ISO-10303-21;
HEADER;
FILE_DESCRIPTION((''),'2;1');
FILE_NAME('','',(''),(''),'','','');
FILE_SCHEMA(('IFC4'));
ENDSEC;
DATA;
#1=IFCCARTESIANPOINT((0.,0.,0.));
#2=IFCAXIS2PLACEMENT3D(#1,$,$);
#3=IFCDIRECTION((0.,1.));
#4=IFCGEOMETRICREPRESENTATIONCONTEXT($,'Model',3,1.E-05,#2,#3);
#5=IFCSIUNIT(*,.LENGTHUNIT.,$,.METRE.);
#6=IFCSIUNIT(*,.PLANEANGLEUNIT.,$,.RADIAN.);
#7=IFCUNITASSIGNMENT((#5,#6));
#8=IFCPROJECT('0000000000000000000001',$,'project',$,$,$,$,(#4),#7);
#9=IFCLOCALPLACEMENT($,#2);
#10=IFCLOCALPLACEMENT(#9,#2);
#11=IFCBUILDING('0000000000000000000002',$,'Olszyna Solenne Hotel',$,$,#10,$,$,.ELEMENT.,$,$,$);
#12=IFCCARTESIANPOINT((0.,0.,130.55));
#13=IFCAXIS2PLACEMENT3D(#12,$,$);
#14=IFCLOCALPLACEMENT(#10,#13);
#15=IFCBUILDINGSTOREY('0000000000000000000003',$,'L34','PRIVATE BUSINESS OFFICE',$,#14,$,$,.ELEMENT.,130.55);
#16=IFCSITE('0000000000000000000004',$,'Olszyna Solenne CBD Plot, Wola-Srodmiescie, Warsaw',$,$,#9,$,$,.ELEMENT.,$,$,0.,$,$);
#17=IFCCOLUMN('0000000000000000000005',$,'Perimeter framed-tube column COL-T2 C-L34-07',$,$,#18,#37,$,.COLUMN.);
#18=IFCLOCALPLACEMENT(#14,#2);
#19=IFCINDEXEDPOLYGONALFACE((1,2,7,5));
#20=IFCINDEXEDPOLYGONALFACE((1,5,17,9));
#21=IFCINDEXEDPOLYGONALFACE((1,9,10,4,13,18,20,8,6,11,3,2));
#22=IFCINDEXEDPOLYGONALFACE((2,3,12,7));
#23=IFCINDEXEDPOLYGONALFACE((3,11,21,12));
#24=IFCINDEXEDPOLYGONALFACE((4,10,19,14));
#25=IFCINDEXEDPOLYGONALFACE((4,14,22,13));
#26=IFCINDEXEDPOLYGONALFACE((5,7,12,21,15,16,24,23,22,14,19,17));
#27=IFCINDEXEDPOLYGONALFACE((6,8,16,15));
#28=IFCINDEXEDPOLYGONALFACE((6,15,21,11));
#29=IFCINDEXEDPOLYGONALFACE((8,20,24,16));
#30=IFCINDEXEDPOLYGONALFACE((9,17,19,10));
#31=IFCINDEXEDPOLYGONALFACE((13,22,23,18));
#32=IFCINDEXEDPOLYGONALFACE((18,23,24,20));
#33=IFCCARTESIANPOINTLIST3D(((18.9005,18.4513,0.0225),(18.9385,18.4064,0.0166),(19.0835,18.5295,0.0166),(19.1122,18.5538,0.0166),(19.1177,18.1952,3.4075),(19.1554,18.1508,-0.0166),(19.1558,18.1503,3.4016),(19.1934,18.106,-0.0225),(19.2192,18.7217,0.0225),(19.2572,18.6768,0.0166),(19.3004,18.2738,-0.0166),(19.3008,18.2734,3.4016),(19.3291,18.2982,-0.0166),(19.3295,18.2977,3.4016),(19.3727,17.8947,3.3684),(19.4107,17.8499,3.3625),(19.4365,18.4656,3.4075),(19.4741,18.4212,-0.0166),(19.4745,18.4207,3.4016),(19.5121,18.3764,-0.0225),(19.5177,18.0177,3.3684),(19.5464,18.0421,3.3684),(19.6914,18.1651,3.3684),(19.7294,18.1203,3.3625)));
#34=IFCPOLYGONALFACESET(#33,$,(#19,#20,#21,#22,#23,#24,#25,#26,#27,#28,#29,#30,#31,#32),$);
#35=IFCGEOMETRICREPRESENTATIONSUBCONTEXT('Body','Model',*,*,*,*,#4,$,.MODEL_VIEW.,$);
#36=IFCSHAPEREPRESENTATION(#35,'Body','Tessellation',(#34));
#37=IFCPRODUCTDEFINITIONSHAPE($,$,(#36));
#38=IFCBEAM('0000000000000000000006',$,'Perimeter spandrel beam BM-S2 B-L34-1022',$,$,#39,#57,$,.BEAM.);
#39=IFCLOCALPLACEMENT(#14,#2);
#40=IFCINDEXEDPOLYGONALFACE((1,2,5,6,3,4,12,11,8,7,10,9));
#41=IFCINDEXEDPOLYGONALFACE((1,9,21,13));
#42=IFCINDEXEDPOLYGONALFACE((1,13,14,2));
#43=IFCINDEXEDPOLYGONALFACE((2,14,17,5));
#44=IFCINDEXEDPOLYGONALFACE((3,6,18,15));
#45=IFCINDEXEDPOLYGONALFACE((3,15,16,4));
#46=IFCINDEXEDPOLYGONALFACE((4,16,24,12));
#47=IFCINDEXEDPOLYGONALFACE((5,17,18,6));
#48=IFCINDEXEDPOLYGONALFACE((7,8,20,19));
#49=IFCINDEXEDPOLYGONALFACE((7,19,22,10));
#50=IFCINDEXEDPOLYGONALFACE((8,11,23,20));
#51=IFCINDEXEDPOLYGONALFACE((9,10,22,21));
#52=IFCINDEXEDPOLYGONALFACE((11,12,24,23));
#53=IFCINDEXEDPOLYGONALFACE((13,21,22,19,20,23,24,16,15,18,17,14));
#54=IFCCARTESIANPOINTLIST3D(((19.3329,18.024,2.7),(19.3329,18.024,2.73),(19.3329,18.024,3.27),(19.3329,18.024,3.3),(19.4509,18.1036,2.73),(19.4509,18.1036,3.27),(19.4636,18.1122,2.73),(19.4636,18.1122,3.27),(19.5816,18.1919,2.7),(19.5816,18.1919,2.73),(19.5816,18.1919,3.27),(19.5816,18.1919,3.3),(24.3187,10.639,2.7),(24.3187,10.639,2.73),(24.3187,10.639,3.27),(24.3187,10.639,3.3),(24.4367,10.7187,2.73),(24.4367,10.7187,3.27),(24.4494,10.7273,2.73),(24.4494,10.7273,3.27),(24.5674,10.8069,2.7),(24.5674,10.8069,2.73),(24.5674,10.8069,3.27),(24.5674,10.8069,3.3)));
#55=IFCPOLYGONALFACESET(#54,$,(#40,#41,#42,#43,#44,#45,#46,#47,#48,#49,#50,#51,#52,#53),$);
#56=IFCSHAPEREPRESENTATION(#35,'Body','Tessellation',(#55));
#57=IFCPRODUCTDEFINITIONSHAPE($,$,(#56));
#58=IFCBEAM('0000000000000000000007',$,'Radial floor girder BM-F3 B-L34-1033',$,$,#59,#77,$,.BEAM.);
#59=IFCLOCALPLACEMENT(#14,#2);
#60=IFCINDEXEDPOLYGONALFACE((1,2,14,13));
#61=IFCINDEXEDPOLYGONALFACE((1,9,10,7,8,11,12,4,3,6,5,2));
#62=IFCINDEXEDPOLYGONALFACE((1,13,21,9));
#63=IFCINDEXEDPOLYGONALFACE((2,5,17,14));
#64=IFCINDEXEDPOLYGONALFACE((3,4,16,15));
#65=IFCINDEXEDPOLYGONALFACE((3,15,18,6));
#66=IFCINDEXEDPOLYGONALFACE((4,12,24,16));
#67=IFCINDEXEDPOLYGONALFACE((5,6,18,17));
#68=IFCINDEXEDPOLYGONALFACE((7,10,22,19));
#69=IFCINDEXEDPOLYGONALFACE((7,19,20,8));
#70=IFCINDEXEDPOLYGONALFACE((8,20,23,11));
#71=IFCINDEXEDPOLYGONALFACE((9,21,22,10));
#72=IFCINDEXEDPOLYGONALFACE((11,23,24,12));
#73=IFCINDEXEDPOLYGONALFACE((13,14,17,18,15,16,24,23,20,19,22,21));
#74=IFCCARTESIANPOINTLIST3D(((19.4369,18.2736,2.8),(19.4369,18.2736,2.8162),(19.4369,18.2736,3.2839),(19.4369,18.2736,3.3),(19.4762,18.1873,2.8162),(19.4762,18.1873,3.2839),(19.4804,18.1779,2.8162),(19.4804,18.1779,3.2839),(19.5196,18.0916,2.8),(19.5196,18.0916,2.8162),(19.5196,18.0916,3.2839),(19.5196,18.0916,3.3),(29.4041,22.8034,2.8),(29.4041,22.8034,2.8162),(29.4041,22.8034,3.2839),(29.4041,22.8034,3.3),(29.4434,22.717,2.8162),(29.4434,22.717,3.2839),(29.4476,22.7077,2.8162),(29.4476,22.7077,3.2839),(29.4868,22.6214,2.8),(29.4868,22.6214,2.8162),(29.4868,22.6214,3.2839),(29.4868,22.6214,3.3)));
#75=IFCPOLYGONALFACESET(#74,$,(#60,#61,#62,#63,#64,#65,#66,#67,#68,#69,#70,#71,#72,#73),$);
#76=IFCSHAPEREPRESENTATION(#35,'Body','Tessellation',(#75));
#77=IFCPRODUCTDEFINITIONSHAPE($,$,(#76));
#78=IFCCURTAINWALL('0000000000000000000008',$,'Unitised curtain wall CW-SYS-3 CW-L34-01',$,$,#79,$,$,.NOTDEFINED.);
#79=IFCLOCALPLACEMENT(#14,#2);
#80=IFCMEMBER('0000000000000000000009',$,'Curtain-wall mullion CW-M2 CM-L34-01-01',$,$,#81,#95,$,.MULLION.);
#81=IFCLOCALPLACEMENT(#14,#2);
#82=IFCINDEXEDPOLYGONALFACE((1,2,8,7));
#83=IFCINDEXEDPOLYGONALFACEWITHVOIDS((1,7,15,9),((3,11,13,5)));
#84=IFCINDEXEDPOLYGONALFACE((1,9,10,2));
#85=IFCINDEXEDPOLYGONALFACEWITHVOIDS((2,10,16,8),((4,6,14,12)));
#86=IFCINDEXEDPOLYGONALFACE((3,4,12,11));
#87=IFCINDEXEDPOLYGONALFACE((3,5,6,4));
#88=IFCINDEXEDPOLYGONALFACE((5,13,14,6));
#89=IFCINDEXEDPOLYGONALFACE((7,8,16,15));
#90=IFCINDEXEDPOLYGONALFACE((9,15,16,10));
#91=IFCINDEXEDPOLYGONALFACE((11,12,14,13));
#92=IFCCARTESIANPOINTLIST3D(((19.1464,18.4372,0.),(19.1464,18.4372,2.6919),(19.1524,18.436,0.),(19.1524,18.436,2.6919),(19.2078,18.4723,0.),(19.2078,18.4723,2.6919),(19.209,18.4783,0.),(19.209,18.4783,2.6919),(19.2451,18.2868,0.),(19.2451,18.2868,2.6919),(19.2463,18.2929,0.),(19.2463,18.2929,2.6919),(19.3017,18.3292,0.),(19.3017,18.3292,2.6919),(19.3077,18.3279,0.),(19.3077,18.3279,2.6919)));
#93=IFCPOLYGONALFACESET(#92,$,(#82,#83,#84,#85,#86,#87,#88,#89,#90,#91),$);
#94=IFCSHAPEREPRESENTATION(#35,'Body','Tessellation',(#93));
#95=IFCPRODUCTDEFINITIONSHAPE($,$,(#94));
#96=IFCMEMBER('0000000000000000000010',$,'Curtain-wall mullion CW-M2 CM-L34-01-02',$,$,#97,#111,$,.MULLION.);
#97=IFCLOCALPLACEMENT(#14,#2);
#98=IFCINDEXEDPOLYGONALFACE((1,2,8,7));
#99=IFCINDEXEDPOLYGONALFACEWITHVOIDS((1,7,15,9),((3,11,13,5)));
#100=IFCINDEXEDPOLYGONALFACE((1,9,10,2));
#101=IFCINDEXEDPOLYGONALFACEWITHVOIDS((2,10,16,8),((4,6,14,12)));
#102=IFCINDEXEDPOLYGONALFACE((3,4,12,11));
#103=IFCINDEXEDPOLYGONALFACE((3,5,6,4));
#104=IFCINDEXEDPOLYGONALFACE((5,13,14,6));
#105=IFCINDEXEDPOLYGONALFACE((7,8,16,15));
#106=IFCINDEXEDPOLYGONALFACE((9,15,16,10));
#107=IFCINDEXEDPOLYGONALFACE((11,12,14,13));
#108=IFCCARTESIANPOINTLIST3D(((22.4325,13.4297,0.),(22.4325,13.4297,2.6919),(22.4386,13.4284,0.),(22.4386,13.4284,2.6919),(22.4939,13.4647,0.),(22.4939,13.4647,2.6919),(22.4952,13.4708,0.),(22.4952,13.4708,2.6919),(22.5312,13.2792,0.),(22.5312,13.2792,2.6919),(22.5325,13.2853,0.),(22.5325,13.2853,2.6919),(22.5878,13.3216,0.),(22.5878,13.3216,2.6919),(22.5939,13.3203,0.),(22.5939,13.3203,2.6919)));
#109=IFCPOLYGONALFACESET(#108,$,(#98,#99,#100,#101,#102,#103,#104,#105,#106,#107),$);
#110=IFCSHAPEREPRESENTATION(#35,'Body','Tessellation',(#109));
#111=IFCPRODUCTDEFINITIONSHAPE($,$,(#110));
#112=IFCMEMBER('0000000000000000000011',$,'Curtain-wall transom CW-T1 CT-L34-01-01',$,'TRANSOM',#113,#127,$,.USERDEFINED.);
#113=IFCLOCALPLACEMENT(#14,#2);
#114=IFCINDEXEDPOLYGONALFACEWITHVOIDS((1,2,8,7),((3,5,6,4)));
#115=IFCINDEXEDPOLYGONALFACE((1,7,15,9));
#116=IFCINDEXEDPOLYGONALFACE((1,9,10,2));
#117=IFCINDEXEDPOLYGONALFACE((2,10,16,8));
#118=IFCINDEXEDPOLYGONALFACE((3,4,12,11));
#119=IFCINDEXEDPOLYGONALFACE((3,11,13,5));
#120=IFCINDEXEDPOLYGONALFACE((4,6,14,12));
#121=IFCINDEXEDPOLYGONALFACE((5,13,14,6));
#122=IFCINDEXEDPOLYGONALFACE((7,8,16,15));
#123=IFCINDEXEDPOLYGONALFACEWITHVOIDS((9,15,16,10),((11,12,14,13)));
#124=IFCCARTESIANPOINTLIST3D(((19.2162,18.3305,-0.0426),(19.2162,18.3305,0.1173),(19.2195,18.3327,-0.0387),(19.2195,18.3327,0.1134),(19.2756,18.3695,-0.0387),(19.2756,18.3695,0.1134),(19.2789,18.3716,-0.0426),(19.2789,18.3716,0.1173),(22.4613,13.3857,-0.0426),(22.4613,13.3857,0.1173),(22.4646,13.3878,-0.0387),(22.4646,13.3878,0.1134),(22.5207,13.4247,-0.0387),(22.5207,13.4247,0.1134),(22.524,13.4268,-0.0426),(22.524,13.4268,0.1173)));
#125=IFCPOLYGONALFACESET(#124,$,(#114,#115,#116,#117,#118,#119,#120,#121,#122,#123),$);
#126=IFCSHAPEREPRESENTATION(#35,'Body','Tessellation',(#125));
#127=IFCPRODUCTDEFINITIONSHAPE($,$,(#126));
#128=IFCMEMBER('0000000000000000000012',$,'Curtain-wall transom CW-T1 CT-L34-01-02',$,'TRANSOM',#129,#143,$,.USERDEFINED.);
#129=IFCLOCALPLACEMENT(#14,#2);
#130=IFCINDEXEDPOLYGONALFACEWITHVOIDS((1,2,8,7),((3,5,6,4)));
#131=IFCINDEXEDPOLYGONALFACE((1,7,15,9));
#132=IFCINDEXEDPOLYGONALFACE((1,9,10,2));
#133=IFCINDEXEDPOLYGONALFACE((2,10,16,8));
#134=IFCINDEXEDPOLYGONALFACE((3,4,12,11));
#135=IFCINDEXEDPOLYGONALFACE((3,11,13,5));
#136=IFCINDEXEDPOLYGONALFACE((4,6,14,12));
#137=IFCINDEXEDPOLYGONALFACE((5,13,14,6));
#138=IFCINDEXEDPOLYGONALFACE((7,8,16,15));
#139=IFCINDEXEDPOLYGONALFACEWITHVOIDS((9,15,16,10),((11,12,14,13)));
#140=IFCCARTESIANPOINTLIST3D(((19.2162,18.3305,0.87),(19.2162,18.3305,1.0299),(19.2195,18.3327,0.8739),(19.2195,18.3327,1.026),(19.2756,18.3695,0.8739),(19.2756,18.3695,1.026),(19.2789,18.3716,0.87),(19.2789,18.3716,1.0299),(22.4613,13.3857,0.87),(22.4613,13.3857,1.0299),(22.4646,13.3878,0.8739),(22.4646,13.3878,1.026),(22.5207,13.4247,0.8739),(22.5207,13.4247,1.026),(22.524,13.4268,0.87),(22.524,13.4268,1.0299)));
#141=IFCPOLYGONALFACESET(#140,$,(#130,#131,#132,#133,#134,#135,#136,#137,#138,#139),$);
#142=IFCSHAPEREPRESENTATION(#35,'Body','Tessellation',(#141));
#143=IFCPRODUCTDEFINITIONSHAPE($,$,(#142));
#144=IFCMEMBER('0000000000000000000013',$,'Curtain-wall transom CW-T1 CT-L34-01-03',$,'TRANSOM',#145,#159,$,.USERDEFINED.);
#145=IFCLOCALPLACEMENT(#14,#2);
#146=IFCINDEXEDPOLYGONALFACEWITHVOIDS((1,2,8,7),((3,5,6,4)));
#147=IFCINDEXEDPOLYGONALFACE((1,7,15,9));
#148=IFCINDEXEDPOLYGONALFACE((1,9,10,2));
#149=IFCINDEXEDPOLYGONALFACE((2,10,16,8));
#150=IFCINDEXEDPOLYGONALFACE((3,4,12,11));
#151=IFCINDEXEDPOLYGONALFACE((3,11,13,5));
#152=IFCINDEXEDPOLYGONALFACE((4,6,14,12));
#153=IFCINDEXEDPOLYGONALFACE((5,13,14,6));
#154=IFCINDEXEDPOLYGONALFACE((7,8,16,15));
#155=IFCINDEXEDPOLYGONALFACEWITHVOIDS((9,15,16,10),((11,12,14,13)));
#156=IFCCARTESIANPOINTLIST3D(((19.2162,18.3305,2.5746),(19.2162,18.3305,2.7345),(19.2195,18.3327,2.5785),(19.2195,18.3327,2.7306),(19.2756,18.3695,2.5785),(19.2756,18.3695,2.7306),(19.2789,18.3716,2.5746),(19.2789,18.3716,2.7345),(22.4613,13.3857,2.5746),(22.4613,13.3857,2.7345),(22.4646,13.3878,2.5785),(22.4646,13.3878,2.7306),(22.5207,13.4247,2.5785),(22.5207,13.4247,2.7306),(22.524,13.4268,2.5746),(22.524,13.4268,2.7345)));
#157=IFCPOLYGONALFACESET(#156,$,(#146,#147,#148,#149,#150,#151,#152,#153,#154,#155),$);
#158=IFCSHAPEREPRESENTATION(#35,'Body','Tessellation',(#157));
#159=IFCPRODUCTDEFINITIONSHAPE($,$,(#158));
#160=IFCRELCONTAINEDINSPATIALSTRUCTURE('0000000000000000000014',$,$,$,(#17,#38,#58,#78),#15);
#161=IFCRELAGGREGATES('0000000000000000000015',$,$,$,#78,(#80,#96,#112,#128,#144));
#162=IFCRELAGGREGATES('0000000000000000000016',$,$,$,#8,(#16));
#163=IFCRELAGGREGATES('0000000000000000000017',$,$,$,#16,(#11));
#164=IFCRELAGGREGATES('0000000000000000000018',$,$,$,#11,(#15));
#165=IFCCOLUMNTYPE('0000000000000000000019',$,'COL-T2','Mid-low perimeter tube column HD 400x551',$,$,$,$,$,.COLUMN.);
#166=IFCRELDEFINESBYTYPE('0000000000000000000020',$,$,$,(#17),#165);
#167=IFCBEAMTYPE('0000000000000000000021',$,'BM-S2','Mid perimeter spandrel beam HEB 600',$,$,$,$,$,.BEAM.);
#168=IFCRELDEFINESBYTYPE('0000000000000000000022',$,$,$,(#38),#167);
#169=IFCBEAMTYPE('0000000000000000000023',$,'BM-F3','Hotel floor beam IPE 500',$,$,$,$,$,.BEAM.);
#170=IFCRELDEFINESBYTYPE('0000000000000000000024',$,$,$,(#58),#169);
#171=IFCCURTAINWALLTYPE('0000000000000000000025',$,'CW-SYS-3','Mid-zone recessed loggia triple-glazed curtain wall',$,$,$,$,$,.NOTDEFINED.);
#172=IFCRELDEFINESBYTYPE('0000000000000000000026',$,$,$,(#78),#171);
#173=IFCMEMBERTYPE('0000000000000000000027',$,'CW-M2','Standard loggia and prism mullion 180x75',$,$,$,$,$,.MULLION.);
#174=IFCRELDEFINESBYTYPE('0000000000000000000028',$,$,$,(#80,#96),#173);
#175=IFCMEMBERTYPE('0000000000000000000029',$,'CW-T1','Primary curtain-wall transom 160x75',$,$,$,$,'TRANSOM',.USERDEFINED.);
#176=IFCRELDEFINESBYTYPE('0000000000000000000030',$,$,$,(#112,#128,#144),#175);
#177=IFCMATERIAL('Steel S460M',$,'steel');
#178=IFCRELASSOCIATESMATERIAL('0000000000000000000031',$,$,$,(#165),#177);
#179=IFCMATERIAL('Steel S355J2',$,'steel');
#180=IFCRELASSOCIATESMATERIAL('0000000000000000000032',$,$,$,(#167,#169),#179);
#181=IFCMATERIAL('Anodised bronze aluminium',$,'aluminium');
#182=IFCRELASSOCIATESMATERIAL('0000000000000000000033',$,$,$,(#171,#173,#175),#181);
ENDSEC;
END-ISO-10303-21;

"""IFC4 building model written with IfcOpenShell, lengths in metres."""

from ifc_helpers import new_model, si_unit, direction, frame, origin, origin_2d, place, context, subcontext, project, spatial, hollow_rectangle, i_section, extrude, source, transform, mapped, material, material_profile, profile_set, type_object, element, aggregate, save


model = new_model("IFC4")

# Units and contexts
model_context = context("Model", 3, precision=1e-05, world=origin(), true_north=direction((0.0, 1.0)))
body_context = subcontext(model_context, "Body", "Model", "MODEL_VIEW")
ifc_project = project(units=[si_unit("LENGTHUNIT", "METRE"), si_unit("PLANEANGLEUNIT", "RADIAN")], contexts=[model_context])

# Site, building, storey
site_placement = place(None, origin())
site = spatial("IfcSite", under=ifc_project, at=site_placement, Name="Olszyna Solenne CBD Plot, Wola-Srodmiescie, Warsaw", CompositionType="ELEMENT", RefElevation=0.0)
building_placement = place(site_placement, origin())
building = spatial("IfcBuilding", under=site, at=building_placement, Name="Olszyna Solenne Hotel", CompositionType="ELEMENT")
storey_placement = place(building_placement, frame((0.0, 0.0, 130.55)))
storey = spatial("IfcBuildingStorey", under=building, at=storey_placement, Name="L34", Description="PRIVATE BUSINESS OFFICE", CompositionType="ELEMENT", Elevation=130.55)

# Column
ifc_material_1 = material(Name="Steel S460M", Category="steel")
ifc_material_profile_1 = material_profile(ifc_material_1, i_section(OverallWidth=0.418, OverallDepth=0.4551, WebThickness=0.0376, FlangeThickness=0.0591, at=origin_2d()), Name="HD 400x551", Category="load-bearing")
ifc_profile_set_1 = profile_set([ifc_material_profile_1], Name="Steel S460M")
column_type = type_object("IfcColumnType", Name="COL-T2", Description="Mid-low perimeter tube column HD 400x551", PredefinedType="COLUMN", material=ifc_profile_set_1)
shared_shape_1 = source(origin(), body_context, "Body", "SweptSolid", [
    extrude(i_section(OverallWidth=0.418, OverallDepth=0.4551, WebThickness=0.0376, FlangeThickness=0.0591, at=origin_2d()), origin(), (0.0, 0.0, 1.0), 3.4016),
])
column_placement = place(storey_placement, frame((19.2063, 18.4138, 0.0), z_axis=(0.063877, -0.075288, 0.995114), x_axis=(0.762531, 0.646952, 0.0)))
element("IfcColumn", 1, at=column_placement, inside=storey, type_object=column_type, Name="Perimeter framed-tube column COL-T2 C-L34-07", PredefinedType="COLUMN", context=body_context, shape_type="MappedRepresentation", body=[
    mapped(shared_shape_1, transform((0.0, 0.0, 0.0), x_axis=(1.0, 0.0, 0.0), y_axis=(0.0, 1.0, 0.0), z_axis=(0.0, 0.0, 1.0), scale=1.0)),
])

# Beams
ifc_material_2 = material(Name="Steel S355J2", Category="steel")
ifc_material_profile_2 = material_profile(ifc_material_2, i_section(OverallWidth=0.3, OverallDepth=0.6001, WebThickness=0.0154, FlangeThickness=0.03, at=origin_2d()), Name="HEB 600", Category="load-bearing")
ifc_profile_set_2 = profile_set([ifc_material_profile_2], Name="Steel S355J2")
beam_type_1 = type_object("IfcBeamType", Name="BM-S2", Description="Mid perimeter spandrel beam HEB 600", PredefinedType="BEAM", material=ifc_profile_set_2)
shared_shape_2 = source(origin(), body_context, "Body", "SweptSolid", [
    extrude(i_section(OverallWidth=0.3, OverallDepth=0.6001, WebThickness=0.0154, FlangeThickness=0.03, at=origin_2d()), origin(), (0.0, 0.0, 1.0), 8.9104),
])
beam_1_placement = place(storey_placement, frame((19.4573, 18.1079, 3.0), z_axis=(0.559547, -0.828799, 0.0), x_axis=(0.828799, 0.559547, 0.0)))
element("IfcBeam", 2, at=beam_1_placement, inside=storey, type_object=beam_type_1, Name="Perimeter spandrel beam BM-S2 B-L34-1022", PredefinedType="BEAM", context=body_context, shape_type="MappedRepresentation", body=[
    mapped(shared_shape_2, transform((0.0, 0.0, 0.0), x_axis=(1.0, 0.0, 0.0), y_axis=(0.0, 1.0, 0.0), z_axis=(0.0, 0.0, 1.0), scale=1.0)),
])
ifc_material_profile_3 = material_profile(ifc_material_2, i_section(OverallWidth=0.2, OverallDepth=0.5, WebThickness=0.0103, FlangeThickness=0.0161, at=origin_2d()), Name="IPE 500", Category="load-bearing")
ifc_profile_set_3 = profile_set([ifc_material_profile_3], Name="Steel S355J2")
beam_type_2 = type_object("IfcBeamType", Name="BM-F3", Description="Hotel floor beam IPE 500", PredefinedType="BEAM", material=ifc_profile_set_3)
shared_shape_3 = source(origin(), body_context, "Body", "SweptSolid", [
    extrude(i_section(OverallWidth=0.2, OverallDepth=0.5, WebThickness=0.0103, FlangeThickness=0.0161, at=origin_2d()), origin(), (0.0, 0.0, 1.0), 10.9482),
])
beam_2_placement = place(storey_placement, frame((19.4783, 18.1826, 3.05), z_axis=(0.910394, 0.413742, 0.0), x_axis=(-0.413742, 0.910394, 0.0)))
element("IfcBeam", 3, at=beam_2_placement, inside=storey, type_object=beam_type_2, Name="Radial floor girder BM-F3 B-L34-1033", PredefinedType="BEAM", context=body_context, shape_type="MappedRepresentation", body=[
    mapped(shared_shape_3, transform((0.0, 0.0, 0.0), x_axis=(1.0, 0.0, 0.0), y_axis=(0.0, 1.0, 0.0), z_axis=(0.0, 0.0, 1.0), scale=1.0)),
])

# Curtain wall, members
ifc_material_3 = material(Name="Anodised bronze aluminium", Category="aluminium")
curtain_wall_type = type_object("IfcCurtainWallType", Name="CW-SYS-3", Description="Mid-zone recessed loggia triple-glazed curtain wall", PredefinedType="NOTDEFINED", material=ifc_material_3)
curtain_wall_placement = place(storey_placement, origin())
curtain_wall = element("IfcCurtainWall", 4, at=curtain_wall_placement, inside=storey, type_object=curtain_wall_type, Name="Unitised curtain wall CW-SYS-3 CW-L34-01", PredefinedType="NOTDEFINED")
ifc_material_profile_4 = material_profile(ifc_material_3, hollow_rectangle(XDim=0.075, YDim=0.1799, WallThickness=0.0044, at=origin_2d()), Name="MULL 180x75x4.5", Category="load-bearing")
ifc_profile_set_4 = profile_set([ifc_material_profile_4], Name="Anodised bronze aluminium")
member_type_1 = type_object("IfcMemberType", Name="CW-M2", Description="Standard loggia and prism mullion 180x75", PredefinedType="MULLION", material=ifc_profile_set_4)
shared_shape_4 = source(origin(), body_context, "Body", "SweptSolid", [
    extrude(hollow_rectangle(XDim=0.075, YDim=0.1799, WallThickness=0.0044, at=origin_2d()), origin(), (0.0, 0.0, 1.0), 2.6919),
])
member_1_placement = place(storey_placement, frame((19.2271, 18.3826, 0.0), z_axis=(0.0, 0.0, 1.0), x_axis=(0.83604, 0.548669, 0.0)))
member_1 = element("IfcMember", 5, at=member_1_placement, type_object=member_type_1, Name="Curtain-wall mullion CW-M2 CM-L34-01-01", PredefinedType="MULLION", context=body_context, shape_type="MappedRepresentation", body=[
    mapped(shared_shape_4, transform((0.0, 0.0, 0.0), x_axis=(1.0, 0.0, 0.0), y_axis=(0.0, 1.0, 0.0), z_axis=(0.0, 0.0, 1.0), scale=1.0)),
])
member_2_placement = place(storey_placement, frame((22.5132, 13.375, 0.0), z_axis=(0.0, 0.0, 1.0), x_axis=(0.83604, 0.548669, 0.0)))
member_2 = element("IfcMember", 6, at=member_2_placement, type_object=member_type_1, Name="Curtain-wall mullion CW-M2 CM-L34-01-02", PredefinedType="MULLION", context=body_context, shape_type="MappedRepresentation", body=[
    mapped(shared_shape_4, transform((0.0, 0.0, 0.0), x_axis=(1.0, 0.0, 0.0), y_axis=(0.0, 1.0, 0.0), z_axis=(0.0, 0.0, 1.0), scale=1.0)),
])
ifc_material_profile_5 = material_profile(ifc_material_3, hollow_rectangle(XDim=0.075, YDim=0.1599, WallThickness=0.0039, at=origin_2d()), Name="TRAN 160x75x4", Category="load-bearing")
ifc_profile_set_5 = profile_set([ifc_material_profile_5], Name="Anodised bronze aluminium")
member_type_2 = type_object("IfcMemberType", Name="CW-T1", Description="Primary curtain-wall transom 160x75", ElementType="TRANSOM", PredefinedType="USERDEFINED", material=ifc_profile_set_5)
shared_shape_5 = source(origin(), body_context, "Body", "SweptSolid", [
    extrude(hollow_rectangle(XDim=0.075, YDim=0.1599, WallThickness=0.0039, at=origin_2d()), origin(), (0.0, 0.0, 1.0), 5.9146),
])
member_3_placement = place(storey_placement, frame((19.2476, 18.3511, 0.0374), z_axis=(0.548665, -0.836042, 0.0), x_axis=(0.836042, 0.548665, 0.0)))
member_3 = element("IfcMember", 7, at=member_3_placement, type_object=member_type_2, Name="Curtain-wall transom CW-T1 CT-L34-01-01", ObjectType="TRANSOM", PredefinedType="USERDEFINED", context=body_context, shape_type="MappedRepresentation", body=[
    mapped(shared_shape_5, transform((0.0, 0.0, 0.0), x_axis=(1.0, 0.0, 0.0), y_axis=(0.0, 1.0, 0.0), z_axis=(0.0, 0.0, 1.0), scale=1.0)),
])
member_4_placement = place(storey_placement, frame((19.2476, 18.3511, 0.95), z_axis=(0.548665, -0.836042, 0.0), x_axis=(0.836042, 0.548665, 0.0)))
member_4 = element("IfcMember", 8, at=member_4_placement, type_object=member_type_2, Name="Curtain-wall transom CW-T1 CT-L34-01-02", ObjectType="TRANSOM", PredefinedType="USERDEFINED", context=body_context, shape_type="MappedRepresentation", body=[
    mapped(shared_shape_5, transform((0.0, 0.0, 0.0), x_axis=(1.0, 0.0, 0.0), y_axis=(0.0, 1.0, 0.0), z_axis=(0.0, 0.0, 1.0), scale=1.0)),
])
member_5_placement = place(storey_placement, frame((19.2476, 18.3511, 2.6545), z_axis=(0.548665, -0.836042, 0.0), x_axis=(0.836042, 0.548665, 0.0)))
member_5 = element("IfcMember", 9, at=member_5_placement, type_object=member_type_2, Name="Curtain-wall transom CW-T1 CT-L34-01-03", ObjectType="TRANSOM", PredefinedType="USERDEFINED", context=body_context, shape_type="MappedRepresentation", body=[
    mapped(shared_shape_5, transform((0.0, 0.0, 0.0), x_axis=(1.0, 0.0, 0.0), y_axis=(0.0, 1.0, 0.0), z_axis=(0.0, 0.0, 1.0), scale=1.0)),
])

aggregate(curtain_wall, [member_1, member_2, member_3, member_4, member_5])

save(model, "model.ifc")
